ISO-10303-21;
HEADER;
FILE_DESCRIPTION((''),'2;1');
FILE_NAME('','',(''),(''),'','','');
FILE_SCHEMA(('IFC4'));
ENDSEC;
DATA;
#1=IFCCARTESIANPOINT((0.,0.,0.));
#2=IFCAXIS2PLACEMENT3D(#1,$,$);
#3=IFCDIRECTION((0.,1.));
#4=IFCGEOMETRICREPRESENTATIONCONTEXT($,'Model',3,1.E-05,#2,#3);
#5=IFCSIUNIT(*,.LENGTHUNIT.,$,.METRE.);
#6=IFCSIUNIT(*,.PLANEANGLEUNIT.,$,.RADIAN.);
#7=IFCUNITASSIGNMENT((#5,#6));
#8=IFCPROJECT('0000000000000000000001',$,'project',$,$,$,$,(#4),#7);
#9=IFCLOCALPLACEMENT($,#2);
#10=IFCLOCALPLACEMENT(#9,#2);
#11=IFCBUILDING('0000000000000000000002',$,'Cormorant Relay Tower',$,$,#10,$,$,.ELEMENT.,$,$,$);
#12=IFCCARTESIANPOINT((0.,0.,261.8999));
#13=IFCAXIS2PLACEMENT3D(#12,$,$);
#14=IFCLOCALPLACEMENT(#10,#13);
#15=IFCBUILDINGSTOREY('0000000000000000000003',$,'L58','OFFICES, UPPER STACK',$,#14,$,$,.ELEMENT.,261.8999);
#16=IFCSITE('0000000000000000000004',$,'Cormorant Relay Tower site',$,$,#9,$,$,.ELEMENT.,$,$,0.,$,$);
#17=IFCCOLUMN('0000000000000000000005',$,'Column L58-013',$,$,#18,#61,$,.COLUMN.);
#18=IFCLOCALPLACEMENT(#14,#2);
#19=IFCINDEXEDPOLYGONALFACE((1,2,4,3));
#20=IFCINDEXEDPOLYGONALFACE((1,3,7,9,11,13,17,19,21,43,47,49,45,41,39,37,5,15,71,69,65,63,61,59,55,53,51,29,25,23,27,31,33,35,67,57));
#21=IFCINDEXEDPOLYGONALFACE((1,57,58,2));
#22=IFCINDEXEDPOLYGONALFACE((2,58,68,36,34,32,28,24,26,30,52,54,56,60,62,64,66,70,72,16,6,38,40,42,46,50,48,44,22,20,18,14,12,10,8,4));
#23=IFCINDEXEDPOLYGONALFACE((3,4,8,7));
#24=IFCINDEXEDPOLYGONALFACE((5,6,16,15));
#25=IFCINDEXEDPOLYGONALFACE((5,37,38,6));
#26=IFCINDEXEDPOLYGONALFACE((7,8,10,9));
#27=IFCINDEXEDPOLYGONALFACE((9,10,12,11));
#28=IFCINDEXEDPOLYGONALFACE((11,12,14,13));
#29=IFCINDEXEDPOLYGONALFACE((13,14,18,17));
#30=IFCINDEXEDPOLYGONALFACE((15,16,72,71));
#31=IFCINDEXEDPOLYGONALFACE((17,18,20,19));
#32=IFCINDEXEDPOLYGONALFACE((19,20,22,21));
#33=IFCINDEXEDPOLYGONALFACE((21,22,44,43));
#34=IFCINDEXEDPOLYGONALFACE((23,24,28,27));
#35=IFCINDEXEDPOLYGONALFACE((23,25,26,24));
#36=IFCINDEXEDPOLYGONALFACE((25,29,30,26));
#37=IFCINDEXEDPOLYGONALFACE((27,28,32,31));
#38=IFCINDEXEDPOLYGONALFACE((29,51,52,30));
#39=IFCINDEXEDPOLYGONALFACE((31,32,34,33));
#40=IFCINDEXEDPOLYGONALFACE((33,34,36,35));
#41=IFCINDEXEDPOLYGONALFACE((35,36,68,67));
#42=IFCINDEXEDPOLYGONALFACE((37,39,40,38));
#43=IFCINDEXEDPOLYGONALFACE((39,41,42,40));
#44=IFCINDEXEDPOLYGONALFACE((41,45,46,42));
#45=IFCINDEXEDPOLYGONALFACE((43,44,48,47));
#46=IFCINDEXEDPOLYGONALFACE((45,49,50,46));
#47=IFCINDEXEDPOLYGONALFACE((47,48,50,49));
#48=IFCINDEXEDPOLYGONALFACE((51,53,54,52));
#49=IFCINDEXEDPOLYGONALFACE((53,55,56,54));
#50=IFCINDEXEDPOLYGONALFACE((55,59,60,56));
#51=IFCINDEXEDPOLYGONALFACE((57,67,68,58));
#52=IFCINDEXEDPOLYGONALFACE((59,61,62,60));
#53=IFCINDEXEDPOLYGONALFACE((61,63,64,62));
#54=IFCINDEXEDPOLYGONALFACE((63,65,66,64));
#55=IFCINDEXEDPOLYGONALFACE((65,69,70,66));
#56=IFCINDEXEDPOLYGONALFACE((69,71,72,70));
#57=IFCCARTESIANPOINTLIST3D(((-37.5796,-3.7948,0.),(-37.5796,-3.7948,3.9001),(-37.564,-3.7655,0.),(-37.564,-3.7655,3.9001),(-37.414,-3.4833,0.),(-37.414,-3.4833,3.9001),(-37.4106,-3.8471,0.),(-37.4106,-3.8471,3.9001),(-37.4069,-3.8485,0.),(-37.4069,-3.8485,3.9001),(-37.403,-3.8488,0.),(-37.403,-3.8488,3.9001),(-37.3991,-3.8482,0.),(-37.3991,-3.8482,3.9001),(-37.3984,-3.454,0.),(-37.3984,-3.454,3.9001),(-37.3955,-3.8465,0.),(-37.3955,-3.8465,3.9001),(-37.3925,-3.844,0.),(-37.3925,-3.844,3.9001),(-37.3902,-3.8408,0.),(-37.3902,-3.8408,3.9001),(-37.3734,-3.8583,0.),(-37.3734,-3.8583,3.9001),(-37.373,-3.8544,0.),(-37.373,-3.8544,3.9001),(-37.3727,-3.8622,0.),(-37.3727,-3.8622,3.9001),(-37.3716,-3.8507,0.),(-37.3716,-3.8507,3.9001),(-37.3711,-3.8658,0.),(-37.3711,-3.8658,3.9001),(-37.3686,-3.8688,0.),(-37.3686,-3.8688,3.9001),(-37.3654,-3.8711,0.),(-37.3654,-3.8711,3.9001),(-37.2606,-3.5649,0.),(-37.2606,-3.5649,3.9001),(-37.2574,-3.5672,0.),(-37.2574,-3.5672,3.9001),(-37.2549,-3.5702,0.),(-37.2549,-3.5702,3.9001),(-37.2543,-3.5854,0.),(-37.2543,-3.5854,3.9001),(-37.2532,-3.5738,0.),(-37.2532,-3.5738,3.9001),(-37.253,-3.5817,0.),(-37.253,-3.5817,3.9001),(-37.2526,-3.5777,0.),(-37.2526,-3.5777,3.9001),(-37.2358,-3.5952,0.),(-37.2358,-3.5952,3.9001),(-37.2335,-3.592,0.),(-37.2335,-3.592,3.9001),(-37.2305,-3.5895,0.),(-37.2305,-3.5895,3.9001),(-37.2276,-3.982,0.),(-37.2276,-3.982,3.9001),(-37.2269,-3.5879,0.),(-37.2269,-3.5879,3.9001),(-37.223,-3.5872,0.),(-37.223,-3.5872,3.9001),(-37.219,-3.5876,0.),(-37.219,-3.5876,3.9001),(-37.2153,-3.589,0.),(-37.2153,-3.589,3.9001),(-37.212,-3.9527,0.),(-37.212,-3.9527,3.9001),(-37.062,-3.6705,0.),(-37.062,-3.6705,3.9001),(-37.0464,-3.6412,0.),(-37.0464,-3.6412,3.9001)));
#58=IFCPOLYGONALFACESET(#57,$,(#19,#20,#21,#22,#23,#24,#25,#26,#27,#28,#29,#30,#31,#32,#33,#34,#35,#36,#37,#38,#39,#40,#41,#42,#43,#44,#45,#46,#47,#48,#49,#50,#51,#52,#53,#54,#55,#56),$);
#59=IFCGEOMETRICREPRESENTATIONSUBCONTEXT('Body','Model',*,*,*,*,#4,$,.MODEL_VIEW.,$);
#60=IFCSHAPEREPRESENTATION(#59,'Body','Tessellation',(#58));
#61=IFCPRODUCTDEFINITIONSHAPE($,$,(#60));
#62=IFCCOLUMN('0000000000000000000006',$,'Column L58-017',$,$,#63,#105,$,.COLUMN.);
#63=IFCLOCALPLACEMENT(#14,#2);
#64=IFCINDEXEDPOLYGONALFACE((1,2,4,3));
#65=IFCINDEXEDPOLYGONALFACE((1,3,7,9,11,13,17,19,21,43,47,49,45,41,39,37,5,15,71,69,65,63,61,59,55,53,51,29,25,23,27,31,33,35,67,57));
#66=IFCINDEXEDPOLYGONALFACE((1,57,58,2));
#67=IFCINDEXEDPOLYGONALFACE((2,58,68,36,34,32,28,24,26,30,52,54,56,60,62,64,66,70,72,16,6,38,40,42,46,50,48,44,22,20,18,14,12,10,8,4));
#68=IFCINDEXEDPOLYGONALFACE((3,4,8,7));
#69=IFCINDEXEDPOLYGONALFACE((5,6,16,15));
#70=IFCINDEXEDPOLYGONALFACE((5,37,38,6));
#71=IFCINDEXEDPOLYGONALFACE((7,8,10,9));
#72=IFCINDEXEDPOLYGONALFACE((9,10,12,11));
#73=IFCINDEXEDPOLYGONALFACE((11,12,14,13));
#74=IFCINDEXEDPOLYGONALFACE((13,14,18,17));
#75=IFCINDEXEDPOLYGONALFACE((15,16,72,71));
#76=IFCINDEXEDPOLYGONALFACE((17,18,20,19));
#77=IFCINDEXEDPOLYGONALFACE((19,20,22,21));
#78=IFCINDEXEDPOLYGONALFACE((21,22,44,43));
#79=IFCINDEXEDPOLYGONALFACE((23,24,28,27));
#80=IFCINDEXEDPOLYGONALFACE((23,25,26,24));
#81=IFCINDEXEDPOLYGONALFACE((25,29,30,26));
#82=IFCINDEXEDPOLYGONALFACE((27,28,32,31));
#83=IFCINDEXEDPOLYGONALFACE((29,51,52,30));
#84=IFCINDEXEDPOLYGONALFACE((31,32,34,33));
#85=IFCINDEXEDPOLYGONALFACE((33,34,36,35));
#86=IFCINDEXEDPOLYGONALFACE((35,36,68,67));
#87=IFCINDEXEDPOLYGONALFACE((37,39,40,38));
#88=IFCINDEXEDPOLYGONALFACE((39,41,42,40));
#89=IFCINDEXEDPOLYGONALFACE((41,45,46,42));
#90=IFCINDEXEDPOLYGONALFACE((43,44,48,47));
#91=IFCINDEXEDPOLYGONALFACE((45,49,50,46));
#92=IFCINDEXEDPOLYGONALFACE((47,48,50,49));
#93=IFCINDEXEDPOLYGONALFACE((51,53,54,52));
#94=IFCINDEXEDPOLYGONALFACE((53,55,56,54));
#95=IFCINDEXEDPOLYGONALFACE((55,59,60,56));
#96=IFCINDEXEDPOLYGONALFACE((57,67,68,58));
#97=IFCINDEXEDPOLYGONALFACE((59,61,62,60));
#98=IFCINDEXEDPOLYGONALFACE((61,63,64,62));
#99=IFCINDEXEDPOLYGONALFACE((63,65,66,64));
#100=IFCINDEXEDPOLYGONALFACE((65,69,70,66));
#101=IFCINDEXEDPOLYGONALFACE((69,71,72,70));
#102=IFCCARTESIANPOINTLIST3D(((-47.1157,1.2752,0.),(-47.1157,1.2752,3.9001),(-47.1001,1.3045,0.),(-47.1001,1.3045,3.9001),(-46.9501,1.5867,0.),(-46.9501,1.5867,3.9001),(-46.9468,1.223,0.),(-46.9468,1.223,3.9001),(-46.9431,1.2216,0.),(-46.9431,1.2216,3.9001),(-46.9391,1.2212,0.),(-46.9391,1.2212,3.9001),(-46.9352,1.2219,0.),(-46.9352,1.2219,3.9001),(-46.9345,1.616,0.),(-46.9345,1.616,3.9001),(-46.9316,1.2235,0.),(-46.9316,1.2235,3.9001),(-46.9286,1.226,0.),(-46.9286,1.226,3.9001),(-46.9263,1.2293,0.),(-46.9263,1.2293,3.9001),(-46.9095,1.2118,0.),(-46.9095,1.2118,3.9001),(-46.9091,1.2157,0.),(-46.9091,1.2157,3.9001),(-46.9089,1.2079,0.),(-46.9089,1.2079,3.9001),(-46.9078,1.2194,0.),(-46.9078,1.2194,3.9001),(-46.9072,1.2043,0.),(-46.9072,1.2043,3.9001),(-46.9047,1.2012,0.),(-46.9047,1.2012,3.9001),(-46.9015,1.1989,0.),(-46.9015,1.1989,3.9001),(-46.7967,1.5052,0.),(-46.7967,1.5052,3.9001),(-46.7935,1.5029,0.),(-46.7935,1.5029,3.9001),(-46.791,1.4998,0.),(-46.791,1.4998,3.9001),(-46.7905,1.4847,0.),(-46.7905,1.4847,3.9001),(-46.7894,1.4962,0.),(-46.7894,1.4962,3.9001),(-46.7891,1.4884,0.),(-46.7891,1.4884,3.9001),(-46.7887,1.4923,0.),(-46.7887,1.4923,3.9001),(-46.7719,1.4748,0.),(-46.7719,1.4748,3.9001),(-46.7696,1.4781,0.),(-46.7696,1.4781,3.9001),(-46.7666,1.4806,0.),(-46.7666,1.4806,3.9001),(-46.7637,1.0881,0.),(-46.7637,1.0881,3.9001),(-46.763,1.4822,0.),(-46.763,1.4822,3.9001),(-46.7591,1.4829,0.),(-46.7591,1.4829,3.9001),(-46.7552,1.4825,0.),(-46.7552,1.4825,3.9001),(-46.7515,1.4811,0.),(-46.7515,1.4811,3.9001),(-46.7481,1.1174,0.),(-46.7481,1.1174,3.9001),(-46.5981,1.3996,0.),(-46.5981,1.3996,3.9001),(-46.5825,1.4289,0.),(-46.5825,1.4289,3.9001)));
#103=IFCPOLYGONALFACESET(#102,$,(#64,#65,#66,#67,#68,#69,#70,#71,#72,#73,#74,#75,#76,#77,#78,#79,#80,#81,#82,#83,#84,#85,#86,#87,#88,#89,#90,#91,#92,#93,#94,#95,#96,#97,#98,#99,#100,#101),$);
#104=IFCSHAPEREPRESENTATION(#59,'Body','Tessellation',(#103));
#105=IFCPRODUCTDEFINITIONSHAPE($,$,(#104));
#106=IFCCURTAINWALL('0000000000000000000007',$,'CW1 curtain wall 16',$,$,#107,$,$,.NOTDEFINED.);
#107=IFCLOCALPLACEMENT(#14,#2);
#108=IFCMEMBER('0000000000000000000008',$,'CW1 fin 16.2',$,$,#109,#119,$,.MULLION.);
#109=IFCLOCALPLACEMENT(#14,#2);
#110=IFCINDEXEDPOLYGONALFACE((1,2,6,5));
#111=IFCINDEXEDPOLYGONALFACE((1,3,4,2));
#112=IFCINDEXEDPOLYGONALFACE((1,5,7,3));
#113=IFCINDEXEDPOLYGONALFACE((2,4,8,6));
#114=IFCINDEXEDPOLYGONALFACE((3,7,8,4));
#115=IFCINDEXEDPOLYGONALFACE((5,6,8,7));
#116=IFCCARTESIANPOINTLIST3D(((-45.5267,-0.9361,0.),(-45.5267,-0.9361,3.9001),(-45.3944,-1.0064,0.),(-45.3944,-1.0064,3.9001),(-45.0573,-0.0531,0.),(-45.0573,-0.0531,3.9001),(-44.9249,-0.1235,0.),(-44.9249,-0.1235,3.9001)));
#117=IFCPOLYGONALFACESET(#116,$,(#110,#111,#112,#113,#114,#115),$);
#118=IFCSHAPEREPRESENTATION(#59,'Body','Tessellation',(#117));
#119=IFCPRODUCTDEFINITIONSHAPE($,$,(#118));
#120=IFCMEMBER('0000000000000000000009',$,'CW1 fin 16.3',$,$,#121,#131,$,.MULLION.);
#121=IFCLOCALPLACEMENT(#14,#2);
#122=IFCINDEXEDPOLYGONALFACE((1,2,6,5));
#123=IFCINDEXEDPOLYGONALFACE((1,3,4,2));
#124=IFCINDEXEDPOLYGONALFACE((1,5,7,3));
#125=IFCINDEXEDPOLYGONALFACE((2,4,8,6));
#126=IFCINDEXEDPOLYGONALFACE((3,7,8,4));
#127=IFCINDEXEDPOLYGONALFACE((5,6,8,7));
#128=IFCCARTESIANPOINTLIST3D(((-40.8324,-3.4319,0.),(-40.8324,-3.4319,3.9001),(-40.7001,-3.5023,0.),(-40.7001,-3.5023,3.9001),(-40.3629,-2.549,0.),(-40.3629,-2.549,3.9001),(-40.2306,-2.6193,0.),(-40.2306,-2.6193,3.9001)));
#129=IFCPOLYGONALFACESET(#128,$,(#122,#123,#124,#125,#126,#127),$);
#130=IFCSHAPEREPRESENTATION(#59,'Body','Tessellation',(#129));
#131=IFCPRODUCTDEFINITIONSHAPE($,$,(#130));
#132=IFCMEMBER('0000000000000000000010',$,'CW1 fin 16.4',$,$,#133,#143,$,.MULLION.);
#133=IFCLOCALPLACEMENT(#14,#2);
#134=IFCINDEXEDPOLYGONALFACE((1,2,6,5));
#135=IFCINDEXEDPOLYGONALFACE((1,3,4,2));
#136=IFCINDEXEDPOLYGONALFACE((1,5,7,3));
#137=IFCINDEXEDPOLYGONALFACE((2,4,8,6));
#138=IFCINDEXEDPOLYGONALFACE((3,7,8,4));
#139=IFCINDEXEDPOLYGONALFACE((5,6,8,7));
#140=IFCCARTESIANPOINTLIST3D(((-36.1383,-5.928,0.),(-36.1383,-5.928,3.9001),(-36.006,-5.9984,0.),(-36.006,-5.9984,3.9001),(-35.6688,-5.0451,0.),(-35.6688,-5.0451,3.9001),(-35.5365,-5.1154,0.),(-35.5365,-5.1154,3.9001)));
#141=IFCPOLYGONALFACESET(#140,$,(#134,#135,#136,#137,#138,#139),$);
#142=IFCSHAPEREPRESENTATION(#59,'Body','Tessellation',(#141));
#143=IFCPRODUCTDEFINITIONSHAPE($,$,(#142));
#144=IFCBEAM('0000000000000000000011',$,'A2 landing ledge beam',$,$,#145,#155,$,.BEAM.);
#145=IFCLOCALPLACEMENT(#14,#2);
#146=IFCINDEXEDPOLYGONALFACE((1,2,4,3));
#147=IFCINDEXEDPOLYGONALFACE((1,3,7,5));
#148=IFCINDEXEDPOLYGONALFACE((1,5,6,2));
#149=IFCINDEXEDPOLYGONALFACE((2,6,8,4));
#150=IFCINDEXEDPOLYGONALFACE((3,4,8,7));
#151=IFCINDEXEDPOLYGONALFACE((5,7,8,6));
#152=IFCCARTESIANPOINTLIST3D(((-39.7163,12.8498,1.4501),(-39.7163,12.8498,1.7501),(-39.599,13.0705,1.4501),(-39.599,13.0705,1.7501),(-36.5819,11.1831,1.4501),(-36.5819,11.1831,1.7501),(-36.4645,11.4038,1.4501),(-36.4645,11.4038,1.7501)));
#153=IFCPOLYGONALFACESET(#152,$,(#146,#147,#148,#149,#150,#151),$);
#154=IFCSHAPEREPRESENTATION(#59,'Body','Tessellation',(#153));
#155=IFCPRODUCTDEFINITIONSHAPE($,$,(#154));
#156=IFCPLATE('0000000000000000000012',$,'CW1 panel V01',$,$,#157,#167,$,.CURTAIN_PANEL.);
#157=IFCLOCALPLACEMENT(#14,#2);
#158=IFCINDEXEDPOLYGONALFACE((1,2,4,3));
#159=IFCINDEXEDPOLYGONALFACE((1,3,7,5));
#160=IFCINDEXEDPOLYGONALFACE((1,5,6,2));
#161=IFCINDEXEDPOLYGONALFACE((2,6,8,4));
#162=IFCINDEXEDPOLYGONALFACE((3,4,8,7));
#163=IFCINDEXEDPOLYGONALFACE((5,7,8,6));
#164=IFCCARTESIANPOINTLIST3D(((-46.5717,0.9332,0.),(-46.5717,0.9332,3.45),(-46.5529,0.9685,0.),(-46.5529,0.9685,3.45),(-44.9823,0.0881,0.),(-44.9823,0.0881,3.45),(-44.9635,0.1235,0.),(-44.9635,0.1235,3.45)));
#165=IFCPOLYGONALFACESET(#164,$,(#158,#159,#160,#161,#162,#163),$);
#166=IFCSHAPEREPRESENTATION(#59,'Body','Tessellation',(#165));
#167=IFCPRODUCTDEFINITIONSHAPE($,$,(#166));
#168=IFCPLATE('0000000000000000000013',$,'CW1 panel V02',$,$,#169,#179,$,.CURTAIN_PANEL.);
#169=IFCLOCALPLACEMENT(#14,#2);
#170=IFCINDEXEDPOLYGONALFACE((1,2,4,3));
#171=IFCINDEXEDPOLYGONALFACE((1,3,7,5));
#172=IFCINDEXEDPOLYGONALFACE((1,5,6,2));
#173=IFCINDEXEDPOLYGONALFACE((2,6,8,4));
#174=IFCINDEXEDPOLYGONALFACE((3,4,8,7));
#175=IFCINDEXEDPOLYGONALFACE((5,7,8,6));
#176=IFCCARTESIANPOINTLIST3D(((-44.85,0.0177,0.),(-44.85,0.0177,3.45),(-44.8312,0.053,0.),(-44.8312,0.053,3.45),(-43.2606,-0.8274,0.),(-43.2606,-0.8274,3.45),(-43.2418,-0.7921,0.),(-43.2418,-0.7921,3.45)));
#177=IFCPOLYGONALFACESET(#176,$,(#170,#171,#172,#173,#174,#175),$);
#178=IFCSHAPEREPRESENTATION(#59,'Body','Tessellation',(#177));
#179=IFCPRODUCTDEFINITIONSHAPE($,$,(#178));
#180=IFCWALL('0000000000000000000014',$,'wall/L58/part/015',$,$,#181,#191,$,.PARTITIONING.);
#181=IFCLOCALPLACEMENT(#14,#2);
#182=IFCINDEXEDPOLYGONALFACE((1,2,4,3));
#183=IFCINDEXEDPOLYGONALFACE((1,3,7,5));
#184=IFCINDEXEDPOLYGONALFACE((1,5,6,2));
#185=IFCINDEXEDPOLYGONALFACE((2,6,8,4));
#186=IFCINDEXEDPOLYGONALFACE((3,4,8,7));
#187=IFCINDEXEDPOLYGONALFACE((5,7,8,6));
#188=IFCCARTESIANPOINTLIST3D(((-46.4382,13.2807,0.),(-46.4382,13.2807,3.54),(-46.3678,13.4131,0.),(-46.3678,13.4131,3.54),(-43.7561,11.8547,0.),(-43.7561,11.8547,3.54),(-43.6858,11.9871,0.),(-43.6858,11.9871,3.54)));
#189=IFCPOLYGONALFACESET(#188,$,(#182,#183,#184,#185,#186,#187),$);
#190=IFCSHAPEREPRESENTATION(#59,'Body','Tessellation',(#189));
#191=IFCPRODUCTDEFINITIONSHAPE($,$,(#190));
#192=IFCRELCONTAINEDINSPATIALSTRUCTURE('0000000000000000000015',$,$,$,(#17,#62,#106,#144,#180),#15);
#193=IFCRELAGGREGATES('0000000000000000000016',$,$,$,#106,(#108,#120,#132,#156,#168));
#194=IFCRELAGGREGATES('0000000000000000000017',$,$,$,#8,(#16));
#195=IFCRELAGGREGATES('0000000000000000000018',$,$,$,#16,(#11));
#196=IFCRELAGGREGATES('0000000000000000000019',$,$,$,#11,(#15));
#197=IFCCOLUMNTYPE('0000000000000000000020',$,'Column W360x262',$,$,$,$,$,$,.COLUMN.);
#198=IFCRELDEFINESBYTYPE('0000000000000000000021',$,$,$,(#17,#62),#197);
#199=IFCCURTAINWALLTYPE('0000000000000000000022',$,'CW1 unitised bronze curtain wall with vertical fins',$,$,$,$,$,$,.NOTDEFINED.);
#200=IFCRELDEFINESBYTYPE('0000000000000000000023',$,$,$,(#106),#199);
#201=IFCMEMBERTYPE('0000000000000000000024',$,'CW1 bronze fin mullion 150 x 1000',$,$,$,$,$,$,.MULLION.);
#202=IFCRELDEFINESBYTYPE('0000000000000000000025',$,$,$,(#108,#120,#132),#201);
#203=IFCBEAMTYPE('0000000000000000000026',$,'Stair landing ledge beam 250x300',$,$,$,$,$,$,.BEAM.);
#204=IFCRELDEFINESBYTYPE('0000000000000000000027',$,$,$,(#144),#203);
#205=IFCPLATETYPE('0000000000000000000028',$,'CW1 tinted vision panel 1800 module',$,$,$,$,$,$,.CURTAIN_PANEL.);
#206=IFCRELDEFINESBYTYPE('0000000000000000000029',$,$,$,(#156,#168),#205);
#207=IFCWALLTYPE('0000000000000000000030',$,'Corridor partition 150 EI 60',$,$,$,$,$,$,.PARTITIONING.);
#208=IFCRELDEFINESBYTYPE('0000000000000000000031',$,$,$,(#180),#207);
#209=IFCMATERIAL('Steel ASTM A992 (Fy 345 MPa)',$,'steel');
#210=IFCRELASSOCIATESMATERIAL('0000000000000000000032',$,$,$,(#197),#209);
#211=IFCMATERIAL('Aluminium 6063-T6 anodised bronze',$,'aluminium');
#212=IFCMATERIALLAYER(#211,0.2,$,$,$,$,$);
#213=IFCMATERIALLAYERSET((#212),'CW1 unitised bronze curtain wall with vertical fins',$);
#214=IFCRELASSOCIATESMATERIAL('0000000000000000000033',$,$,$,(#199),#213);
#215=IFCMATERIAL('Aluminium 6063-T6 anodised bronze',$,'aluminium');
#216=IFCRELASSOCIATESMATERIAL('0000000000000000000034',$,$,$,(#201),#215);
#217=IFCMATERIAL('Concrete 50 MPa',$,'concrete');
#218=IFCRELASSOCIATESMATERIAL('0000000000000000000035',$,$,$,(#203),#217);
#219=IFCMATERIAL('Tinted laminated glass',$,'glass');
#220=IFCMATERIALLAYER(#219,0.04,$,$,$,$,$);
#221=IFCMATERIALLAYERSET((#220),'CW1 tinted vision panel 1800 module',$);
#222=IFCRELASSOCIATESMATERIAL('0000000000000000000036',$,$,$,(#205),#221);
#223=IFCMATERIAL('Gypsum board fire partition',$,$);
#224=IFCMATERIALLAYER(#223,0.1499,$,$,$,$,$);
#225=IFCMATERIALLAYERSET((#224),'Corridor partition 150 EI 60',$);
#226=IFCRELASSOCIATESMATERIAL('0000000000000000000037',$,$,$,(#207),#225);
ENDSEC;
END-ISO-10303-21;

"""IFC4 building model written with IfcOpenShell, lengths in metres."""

from ifc_helpers import new_model, si_unit, direction, frame, frame_2d, origin, origin_2d, place, context, subcontext, project, spatial, rectangle, i_section, extrude, material, layer, layer_set, material_profile, profile_set, type_object, element, aggregate, save


model = new_model("IFC4")

# Units and contexts
model_context = context("Model", 3, precision=1e-05, world=origin(), true_north=direction((0.0, 1.0)))
body_context = subcontext(model_context, "Body", "Model", "MODEL_VIEW")
ifc_project = project(units=[si_unit("LENGTHUNIT", "METRE"), si_unit("PLANEANGLEUNIT", "RADIAN")], contexts=[model_context])

# Site, building, storey
site_placement = place(None, origin())
site = spatial("IfcSite", under=ifc_project, at=site_placement, Name="Cormorant Relay Tower site", CompositionType="ELEMENT", RefElevation=0.0)
building_placement = place(site_placement, origin())
building = spatial("IfcBuilding", under=site, at=building_placement, Name="Cormorant Relay Tower", CompositionType="ELEMENT")
storey_placement = place(building_placement, frame((0.0, 0.0, 261.8999)))
storey = spatial("IfcBuildingStorey", under=building, at=storey_placement, Name="L58", Description="OFFICES, UPPER STACK", CompositionType="ELEMENT", Elevation=261.8999)

# Columns
ifc_material_1 = material(Name="Steel ASTM A992 (Fy 345 MPa)", Category="steel")
ifc_material_profile_1 = material_profile(ifc_material_1, i_section(OverallWidth=0.3987, OverallDepth=0.386, WebThickness=0.021, FlangeThickness=0.0332, FilletRadius=0.0151, at=origin_2d()), Name="W360x262")
ifc_profile_set_1 = profile_set([ifc_material_profile_1], Name="Steel ASTM A992 (Fy 345 MPa)")
column_type = type_object("IfcColumnType", Name="Column W360x262", PredefinedType="COLUMN", material=ifc_profile_set_1)
for number, where, z_axis, x_axis, name in (
    (1, (-37.313, -3.718, 0.0), (0.0, 0.0, 1.0), (0.882948, -0.469472, 0.0), "Column L58-013"),
    (2, (-46.8491, 1.3521, 0.0), (0.0, 0.0, 1.0), (0.882948, -0.469472, 0.0), "Column L58-017"),
):
    element("IfcColumn", number, at=place(storey_placement, frame(where, z_axis=z_axis, x_axis=x_axis)), inside=storey, type_object=column_type, Name=name, PredefinedType="COLUMN", context=body_context, shape_type="SweptSolid", body=[
        extrude(i_section(OverallWidth=0.3987, OverallDepth=0.386, WebThickness=0.021, FlangeThickness=0.0332, FilletRadius=0.0151, at=origin_2d()), origin(), (0.0, 0.0, 1.0), 3.9001),
    ])

# Curtain wall, members
ifc_material_2 = material(Name="Aluminium 6063-T6 anodised bronze", Category="aluminium")
ifc_layer_1 = layer(ifc_material_2, 0.2)
ifc_layer_set_1 = layer_set([ifc_layer_1], Name="CW1 unitised bronze curtain wall with vertical fins")
curtain_wall_type = type_object("IfcCurtainWallType", Name="CW1 unitised bronze curtain wall with vertical fins", PredefinedType="NOTDEFINED", material=ifc_layer_set_1)
curtain_wall_placement = place(storey_placement, origin())
curtain_wall = element("IfcCurtainWall", 3, at=curtain_wall_placement, inside=storey, type_object=curtain_wall_type, Name="CW1 curtain wall 16", PredefinedType="NOTDEFINED")
ifc_material_3 = material(Name="Aluminium 6063-T6 anodised bronze", Category="aluminium")
ifc_material_profile_2 = material_profile(ifc_material_3, rectangle(XDim=0.1499, YDim=1.0, at=origin_2d()), Name="AL 150x1000")
ifc_profile_set_2 = profile_set([ifc_material_profile_2], Name="Aluminium 6063-T6 anodised bronze")
member_type = type_object("IfcMemberType", Name="CW1 bronze fin mullion 150 x 1000", PredefinedType="MULLION", material=ifc_profile_set_2)
member_1_placement = place(storey_placement, frame((-45.2258, -0.5298, 0.0), z_axis=(0.0, 0.0, 1.0), x_axis=(0.882948, -0.469472, 0.0)))
member_1 = element("IfcMember", 4, at=member_1_placement, type_object=member_type, Name="CW1 fin 16.2", PredefinedType="MULLION", context=body_context, shape_type="SweptSolid", body=[
    extrude(rectangle(XDim=0.1499, YDim=1.0, at=origin_2d()), origin(), (0.0, 0.0, 1.0), 3.9001),
])
member_2_placement = place(storey_placement, frame((-40.5315, -3.0256, 0.0), z_axis=(0.0, 0.0, 1.0), x_axis=(0.882948, -0.469472, 0.0)))
member_2 = element("IfcMember", 5, at=member_2_placement, type_object=member_type, Name="CW1 fin 16.3", PredefinedType="MULLION", context=body_context, shape_type="SweptSolid", body=[
    extrude(rectangle(XDim=0.1499, YDim=1.0, at=origin_2d()), origin(), (0.0, 0.0, 1.0), 3.9001),
])
member_3_placement = place(storey_placement, frame((-35.8374, -5.5217, 0.0), z_axis=(0.0, 0.0, 1.0), x_axis=(0.882948, -0.469472, 0.0)))
member_3 = element("IfcMember", 6, at=member_3_placement, type_object=member_type, Name="CW1 fin 16.4", PredefinedType="MULLION", context=body_context, shape_type="SweptSolid", body=[
    extrude(rectangle(XDim=0.1499, YDim=1.0, at=origin_2d()), origin(), (0.0, 0.0, 1.0), 3.9001),
])

# Beam
ifc_material_4 = material(Name="Concrete 50 MPa", Category="concrete")
ifc_material_profile_3 = material_profile(ifc_material_4, rectangle(XDim=0.25, YDim=0.3, at=origin_2d()), Name="RC 250x300")
ifc_profile_set_3 = profile_set([ifc_material_profile_3], Name="Concrete 50 MPa")
beam_type = type_object("IfcBeamType", Name="Stair landing ledge beam 250x300", PredefinedType="BEAM", material=ifc_profile_set_3)
beam_placement = place(storey_placement, frame((-36.5232, 11.2935, 1.6001), z_axis=(-0.882937, 0.469492, 0.0), x_axis=(-0.469492, -0.882937, 0.0)))
element("IfcBeam", 7, at=beam_placement, inside=storey, type_object=beam_type, Name="A2 landing ledge beam", PredefinedType="BEAM", context=body_context, shape_type="SweptSolid", body=[
    extrude(rectangle(XDim=0.25, YDim=0.3, at=origin_2d()), origin(), (0.0, 0.0, 1.0), 3.55),
])

# Plates
ifc_material_5 = material(Name="Tinted laminated glass", Category="glass")
ifc_layer_2 = layer(ifc_material_5, 0.04)
ifc_layer_set_2 = layer_set([ifc_layer_2], Name="CW1 tinted vision panel 1800 module")
plate_type = type_object("IfcPlateType", Name="CW1 tinted vision panel 1800 module", PredefinedType="CURTAIN_PANEL", material=ifc_layer_set_2)
plate_1_placement = place(storey_placement, frame((-45.7676, 0.5283, 0.0), z_axis=(0.0, 0.0, 1.0), x_axis=(0.882948, -0.469472, 0.0)))
plate_1 = element("IfcPlate", 8, at=plate_1_placement, type_object=plate_type, Name="CW1 panel V01", PredefinedType="CURTAIN_PANEL", context=body_context, shape_type="SweptSolid", body=[
    extrude(rectangle(XDim=1.8, YDim=0.04, at=origin_2d()), origin(), (0.0, 0.0, 1.0), 3.45),
])
plate_2_placement = place(storey_placement, frame((-44.0459, -0.3872, 0.0), z_axis=(0.0, 0.0, 1.0), x_axis=(0.882948, -0.469472, 0.0)))
plate_2 = element("IfcPlate", 9, at=plate_2_placement, type_object=plate_type, Name="CW1 panel V02", PredefinedType="CURTAIN_PANEL", context=body_context, shape_type="SweptSolid", body=[
    extrude(rectangle(XDim=1.8, YDim=0.04, at=origin_2d()), origin(), (0.0, 0.0, 1.0), 3.45),
])

# Wall
ifc_material_6 = material(Name="Gypsum board fire partition")
ifc_layer_3 = layer(ifc_material_6, 0.1499)
ifc_layer_set_3 = layer_set([ifc_layer_3], Name="Corridor partition 150 EI 60")
wall_type_1 = type_object("IfcWallType", Name="Corridor partition 150 EI 60", PredefinedType="PARTITIONING", material=ifc_layer_set_3)
wall_1_placement = place(storey_placement, frame((-43.7209, 11.9209, 0.0), z_axis=(0.0, 0.0, 1.0), x_axis=(-0.88296, 0.469449, 0.0)))
element("IfcWall", 10, at=wall_1_placement, inside=storey, type_object=wall_type_1, Name="wall/L58/part/015", PredefinedType="PARTITIONING", context=body_context, shape_type="SweptSolid", body=[
    extrude(rectangle(XDim=3.0376, YDim=0.1499, at=frame_2d((1.5188, 0.0))), origin(), (0.0, 0.0, 1.0), 3.54),
])

aggregate(curtain_wall, [member_1, member_2, member_3, plate_1, plate_2])

save(model, "model.ifc")
